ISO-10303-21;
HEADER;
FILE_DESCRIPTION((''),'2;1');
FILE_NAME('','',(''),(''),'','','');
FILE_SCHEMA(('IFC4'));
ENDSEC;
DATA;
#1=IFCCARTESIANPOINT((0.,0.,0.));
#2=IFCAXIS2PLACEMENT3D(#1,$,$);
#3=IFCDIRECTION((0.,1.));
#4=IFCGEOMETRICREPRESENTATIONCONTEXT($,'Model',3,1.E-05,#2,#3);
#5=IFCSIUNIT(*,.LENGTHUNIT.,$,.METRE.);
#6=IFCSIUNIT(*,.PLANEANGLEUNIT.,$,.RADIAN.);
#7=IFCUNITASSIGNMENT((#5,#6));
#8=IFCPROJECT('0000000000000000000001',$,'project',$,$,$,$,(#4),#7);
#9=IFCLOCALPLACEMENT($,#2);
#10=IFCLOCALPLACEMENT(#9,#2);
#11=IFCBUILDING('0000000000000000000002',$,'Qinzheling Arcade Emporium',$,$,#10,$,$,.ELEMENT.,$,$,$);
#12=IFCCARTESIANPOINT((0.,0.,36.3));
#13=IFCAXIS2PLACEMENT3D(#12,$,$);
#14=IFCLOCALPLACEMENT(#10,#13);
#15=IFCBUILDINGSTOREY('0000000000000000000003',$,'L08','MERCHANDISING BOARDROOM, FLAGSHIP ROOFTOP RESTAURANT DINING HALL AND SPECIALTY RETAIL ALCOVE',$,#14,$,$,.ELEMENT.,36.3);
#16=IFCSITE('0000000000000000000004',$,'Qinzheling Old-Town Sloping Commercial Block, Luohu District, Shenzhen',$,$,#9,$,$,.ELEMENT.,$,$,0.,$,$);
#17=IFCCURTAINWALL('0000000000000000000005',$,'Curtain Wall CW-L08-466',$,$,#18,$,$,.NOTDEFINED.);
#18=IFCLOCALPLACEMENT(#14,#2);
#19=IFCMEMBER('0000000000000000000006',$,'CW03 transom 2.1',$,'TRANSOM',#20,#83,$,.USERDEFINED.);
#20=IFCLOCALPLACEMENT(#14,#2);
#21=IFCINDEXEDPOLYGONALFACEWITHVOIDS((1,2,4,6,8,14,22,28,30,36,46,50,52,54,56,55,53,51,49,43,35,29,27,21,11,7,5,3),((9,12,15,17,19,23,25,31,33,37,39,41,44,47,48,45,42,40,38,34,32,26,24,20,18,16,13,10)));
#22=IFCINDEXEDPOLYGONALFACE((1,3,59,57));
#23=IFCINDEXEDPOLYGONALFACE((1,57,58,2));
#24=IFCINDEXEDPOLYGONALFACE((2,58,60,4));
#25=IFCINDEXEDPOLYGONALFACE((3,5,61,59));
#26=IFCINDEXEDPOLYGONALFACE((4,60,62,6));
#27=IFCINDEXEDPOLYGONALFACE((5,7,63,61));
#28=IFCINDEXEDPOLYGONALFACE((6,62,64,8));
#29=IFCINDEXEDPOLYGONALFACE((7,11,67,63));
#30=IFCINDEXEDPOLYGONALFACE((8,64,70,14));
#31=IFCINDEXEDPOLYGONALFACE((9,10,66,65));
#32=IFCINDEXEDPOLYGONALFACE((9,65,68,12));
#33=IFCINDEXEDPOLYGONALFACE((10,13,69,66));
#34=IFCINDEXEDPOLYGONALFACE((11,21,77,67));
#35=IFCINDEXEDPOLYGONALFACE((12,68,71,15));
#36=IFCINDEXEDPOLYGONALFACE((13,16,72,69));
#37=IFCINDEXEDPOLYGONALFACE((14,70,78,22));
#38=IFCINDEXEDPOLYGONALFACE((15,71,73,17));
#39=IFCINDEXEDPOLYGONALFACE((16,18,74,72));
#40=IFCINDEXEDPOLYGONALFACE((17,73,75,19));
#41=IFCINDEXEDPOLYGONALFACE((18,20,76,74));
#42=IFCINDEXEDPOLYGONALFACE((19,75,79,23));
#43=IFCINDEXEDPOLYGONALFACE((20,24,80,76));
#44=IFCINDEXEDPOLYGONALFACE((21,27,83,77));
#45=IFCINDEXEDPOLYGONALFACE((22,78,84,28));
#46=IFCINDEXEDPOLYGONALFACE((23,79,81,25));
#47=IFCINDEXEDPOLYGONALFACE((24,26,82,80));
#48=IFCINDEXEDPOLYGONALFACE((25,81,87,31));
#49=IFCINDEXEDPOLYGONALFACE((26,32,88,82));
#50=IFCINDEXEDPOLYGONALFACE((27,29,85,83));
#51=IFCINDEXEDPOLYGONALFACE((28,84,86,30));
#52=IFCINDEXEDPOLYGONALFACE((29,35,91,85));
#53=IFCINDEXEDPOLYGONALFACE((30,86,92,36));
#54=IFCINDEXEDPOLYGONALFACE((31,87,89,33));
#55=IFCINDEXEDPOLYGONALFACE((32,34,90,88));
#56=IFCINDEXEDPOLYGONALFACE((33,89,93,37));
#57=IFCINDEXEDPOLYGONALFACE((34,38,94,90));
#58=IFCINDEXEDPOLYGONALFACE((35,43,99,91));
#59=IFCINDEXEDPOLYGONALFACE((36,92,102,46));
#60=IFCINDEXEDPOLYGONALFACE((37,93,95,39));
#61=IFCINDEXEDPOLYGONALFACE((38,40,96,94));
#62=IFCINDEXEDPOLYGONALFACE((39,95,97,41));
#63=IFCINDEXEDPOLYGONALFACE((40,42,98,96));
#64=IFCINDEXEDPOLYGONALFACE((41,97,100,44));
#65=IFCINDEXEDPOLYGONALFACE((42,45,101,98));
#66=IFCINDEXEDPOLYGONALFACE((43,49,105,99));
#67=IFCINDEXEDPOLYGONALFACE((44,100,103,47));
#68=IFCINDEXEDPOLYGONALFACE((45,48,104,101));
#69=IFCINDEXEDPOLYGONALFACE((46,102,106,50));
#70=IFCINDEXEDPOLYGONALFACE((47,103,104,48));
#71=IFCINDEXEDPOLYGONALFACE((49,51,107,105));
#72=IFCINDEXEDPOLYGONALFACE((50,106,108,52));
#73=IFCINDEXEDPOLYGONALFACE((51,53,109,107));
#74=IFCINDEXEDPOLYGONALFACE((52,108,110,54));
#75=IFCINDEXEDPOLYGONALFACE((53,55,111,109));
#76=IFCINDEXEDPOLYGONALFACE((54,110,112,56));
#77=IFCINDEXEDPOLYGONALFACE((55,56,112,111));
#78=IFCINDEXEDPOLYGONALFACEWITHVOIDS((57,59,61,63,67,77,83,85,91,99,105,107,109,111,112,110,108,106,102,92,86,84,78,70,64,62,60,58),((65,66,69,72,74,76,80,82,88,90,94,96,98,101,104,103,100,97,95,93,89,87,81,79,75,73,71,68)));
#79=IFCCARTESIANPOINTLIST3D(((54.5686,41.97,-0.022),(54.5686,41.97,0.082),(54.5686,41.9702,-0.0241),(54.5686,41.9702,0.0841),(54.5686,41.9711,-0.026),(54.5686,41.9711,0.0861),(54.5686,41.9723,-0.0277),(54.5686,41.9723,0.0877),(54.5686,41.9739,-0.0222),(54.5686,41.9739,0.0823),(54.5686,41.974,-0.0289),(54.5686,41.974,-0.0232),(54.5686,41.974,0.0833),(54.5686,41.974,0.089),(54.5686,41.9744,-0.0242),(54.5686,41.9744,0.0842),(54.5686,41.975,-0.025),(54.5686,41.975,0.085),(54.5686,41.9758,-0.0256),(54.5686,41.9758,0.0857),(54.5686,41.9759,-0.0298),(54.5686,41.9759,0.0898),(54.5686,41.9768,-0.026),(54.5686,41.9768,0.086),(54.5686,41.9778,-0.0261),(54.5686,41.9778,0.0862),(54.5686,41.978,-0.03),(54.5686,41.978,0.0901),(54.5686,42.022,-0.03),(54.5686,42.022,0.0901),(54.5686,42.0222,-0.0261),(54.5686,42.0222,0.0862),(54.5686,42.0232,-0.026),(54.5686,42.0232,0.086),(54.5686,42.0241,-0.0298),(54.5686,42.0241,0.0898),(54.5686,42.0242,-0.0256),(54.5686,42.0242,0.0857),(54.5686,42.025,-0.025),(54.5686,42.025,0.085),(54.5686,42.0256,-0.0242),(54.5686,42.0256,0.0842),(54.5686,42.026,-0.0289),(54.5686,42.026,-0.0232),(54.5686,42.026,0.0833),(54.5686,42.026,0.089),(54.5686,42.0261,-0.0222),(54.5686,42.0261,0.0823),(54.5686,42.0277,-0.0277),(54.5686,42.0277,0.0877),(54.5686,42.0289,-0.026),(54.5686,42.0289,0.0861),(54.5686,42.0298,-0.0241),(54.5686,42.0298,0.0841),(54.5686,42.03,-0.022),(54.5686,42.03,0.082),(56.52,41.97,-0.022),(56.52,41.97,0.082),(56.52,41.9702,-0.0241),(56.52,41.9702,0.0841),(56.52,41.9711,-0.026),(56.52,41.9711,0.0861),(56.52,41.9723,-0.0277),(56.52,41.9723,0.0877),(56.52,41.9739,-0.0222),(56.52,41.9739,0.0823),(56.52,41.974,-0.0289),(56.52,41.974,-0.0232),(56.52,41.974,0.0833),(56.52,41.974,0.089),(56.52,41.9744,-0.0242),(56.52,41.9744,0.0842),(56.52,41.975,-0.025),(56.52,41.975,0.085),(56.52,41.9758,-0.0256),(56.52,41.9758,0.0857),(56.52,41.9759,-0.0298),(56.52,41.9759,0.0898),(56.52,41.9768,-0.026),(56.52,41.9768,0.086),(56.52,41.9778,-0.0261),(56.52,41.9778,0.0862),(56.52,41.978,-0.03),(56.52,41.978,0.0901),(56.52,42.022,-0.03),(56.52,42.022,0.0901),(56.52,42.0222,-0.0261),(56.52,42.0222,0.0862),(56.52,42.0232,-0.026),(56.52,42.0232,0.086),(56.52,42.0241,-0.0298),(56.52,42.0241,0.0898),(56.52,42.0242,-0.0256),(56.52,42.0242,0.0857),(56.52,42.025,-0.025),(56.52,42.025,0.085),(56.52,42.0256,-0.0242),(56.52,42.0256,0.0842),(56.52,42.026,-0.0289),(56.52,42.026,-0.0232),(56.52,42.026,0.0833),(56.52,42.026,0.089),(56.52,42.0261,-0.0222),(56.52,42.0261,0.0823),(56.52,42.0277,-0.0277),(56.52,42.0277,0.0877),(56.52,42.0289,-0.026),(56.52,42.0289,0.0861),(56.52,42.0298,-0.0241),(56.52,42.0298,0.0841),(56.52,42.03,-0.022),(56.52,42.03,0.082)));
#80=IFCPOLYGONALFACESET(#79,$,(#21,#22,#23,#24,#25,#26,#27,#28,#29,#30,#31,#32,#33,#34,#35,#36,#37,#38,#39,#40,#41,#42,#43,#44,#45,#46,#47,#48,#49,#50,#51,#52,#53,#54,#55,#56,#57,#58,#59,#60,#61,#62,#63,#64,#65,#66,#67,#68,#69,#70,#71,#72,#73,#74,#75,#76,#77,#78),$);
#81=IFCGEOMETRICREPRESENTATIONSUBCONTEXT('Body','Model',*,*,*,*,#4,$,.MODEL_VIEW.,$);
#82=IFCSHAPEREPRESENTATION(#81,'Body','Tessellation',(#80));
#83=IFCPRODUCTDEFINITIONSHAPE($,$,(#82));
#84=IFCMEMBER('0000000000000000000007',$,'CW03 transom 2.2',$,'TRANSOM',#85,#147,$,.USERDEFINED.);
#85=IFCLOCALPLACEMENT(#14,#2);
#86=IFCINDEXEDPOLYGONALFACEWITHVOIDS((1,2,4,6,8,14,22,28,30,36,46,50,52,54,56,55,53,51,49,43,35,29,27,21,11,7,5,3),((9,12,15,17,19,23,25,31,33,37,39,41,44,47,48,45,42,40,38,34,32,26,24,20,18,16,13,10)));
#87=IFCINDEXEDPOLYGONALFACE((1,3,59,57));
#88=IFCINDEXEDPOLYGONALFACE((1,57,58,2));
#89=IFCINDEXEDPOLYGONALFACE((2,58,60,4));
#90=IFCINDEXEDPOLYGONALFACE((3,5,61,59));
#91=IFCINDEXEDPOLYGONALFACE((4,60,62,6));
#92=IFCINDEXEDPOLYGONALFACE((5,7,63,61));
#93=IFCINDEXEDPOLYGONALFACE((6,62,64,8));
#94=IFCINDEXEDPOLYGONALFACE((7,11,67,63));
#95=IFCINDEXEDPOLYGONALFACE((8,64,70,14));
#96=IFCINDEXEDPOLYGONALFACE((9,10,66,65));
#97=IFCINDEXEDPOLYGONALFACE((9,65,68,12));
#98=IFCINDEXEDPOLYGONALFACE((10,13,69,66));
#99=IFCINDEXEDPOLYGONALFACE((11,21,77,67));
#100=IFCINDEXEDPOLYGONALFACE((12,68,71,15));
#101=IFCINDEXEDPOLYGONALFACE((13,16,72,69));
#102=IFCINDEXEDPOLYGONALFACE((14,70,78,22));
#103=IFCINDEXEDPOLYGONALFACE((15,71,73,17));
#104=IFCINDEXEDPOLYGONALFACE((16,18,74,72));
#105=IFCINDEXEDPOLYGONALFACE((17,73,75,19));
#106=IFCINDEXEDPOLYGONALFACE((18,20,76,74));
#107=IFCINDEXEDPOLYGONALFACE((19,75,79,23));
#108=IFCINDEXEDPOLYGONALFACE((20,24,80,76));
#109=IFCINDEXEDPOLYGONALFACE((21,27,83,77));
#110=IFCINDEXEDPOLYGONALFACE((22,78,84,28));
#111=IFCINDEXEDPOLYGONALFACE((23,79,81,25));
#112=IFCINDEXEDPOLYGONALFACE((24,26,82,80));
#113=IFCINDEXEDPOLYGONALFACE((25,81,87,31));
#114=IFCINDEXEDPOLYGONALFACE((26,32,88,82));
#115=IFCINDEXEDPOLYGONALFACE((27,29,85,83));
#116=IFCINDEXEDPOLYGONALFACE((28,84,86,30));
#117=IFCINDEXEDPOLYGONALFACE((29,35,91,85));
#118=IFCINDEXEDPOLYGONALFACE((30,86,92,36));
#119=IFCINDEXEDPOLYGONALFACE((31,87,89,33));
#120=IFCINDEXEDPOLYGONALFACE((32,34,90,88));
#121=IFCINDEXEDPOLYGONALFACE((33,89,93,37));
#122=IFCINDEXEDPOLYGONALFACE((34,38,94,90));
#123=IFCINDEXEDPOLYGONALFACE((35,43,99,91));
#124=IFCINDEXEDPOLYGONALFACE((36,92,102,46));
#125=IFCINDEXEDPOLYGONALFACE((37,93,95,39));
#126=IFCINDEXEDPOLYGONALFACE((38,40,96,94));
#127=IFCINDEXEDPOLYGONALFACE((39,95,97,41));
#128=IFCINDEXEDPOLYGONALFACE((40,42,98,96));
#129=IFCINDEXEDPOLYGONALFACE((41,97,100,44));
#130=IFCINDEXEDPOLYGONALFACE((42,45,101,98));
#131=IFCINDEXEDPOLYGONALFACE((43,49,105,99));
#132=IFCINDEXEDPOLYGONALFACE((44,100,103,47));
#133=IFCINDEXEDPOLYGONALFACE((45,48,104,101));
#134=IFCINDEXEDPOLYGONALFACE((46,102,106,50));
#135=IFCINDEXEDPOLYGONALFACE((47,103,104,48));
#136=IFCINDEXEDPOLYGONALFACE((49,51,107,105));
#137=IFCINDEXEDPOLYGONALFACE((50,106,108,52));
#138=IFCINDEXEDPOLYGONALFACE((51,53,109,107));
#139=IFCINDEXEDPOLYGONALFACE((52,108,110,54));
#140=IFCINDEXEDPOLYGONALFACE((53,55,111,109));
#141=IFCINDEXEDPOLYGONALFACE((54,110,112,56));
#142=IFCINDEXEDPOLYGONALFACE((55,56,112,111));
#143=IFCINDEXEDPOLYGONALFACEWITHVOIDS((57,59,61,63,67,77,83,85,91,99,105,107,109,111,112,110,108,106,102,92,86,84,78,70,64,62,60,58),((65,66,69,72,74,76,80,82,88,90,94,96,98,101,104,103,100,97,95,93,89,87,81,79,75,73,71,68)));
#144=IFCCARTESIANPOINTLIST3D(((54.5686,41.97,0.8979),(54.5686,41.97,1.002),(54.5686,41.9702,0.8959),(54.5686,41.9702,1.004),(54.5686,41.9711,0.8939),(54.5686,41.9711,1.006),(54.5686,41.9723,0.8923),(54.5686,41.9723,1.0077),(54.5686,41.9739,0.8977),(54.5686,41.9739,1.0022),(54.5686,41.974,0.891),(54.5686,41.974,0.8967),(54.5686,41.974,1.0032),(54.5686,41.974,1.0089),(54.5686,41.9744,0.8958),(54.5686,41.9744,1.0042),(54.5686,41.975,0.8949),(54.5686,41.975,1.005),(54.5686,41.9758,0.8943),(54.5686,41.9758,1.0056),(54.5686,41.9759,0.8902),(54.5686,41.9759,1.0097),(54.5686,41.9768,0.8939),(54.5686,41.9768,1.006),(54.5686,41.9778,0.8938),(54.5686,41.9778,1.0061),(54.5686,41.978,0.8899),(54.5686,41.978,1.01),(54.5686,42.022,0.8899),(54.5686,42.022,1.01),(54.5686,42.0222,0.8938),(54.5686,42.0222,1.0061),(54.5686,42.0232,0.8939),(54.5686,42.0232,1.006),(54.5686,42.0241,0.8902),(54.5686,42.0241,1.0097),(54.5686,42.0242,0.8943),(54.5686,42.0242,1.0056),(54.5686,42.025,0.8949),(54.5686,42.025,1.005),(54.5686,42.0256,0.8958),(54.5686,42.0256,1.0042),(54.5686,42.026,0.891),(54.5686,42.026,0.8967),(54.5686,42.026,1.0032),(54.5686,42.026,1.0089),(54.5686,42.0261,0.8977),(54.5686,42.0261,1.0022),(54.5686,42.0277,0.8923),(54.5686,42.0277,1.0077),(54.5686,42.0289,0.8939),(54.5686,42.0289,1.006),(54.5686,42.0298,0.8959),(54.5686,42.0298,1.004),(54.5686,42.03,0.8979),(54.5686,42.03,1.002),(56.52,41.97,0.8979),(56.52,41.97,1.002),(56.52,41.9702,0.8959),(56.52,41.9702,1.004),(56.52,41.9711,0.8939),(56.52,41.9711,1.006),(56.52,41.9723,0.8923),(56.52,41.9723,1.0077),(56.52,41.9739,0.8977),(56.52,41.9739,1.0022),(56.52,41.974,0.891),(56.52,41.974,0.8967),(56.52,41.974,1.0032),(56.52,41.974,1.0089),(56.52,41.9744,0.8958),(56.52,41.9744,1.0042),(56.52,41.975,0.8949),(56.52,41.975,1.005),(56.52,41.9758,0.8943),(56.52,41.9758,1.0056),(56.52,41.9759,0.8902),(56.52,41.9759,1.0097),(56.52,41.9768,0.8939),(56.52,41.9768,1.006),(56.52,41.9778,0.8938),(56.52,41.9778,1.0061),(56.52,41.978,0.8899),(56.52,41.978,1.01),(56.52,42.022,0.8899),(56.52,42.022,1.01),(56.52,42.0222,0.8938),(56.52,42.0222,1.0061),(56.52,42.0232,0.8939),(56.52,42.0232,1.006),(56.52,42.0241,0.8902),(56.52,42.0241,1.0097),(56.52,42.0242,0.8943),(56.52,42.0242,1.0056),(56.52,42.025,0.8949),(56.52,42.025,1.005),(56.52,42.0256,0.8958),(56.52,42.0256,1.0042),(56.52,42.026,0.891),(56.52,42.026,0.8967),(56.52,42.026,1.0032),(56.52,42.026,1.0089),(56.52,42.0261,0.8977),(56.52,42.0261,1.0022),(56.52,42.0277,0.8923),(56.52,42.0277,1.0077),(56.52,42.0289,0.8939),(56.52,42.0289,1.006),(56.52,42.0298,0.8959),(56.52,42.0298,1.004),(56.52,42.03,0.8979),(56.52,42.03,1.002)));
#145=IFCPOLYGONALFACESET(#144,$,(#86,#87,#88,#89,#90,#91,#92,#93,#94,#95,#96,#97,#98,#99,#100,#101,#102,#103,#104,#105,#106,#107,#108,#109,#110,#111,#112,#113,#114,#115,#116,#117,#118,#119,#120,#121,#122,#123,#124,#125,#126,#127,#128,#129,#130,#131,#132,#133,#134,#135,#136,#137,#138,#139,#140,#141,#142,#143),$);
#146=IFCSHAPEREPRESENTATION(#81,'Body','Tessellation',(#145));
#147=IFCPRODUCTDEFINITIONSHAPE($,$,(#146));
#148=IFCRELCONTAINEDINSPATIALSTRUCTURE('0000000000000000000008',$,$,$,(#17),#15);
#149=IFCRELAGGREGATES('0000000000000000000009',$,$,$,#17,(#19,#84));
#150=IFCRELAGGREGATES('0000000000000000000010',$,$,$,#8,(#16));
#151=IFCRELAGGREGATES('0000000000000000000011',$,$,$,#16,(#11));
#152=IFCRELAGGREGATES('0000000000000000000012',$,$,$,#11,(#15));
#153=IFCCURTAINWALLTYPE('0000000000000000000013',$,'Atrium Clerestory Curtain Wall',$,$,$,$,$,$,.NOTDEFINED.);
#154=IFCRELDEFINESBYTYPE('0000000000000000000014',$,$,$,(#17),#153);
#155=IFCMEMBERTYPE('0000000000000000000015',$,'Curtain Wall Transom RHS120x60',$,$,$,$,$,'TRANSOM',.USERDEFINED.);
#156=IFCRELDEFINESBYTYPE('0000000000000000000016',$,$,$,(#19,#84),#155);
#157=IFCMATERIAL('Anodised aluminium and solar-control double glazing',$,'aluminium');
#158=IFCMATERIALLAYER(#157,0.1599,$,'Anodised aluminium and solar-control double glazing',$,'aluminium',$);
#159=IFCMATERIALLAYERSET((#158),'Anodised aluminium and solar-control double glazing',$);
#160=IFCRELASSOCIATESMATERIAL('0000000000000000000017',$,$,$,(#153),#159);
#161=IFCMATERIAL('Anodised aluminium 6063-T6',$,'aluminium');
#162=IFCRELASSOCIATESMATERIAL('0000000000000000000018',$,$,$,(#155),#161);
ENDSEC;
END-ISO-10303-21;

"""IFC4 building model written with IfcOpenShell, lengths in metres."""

from ifc_helpers import new_model, si_unit, direction, frame, origin, origin_2d, place, context, subcontext, project, spatial, hollow_rectangle, extrude, material, layer, layer_set, material_profile, profile_set, type_object, element, aggregate, save


model = new_model("IFC4")

# Units and contexts
model_context = context("Model", 3, precision=1e-05, world=origin(), true_north=direction((0.0, 1.0)))
body_context = subcontext(model_context, "Body", "Model", "MODEL_VIEW")
ifc_project = project(units=[si_unit("LENGTHUNIT", "METRE"), si_unit("PLANEANGLEUNIT", "RADIAN")], contexts=[model_context])

# Site, building, storey
site_placement = place(None, origin())
site = spatial("IfcSite", under=ifc_project, at=site_placement, Name="Qinzheling Old-Town Sloping Commercial Block, Luohu District, Shenzhen", CompositionType="ELEMENT", RefElevation=0.0)
building_placement = place(site_placement, origin())
building = spatial("IfcBuilding", under=site, at=building_placement, Name="Qinzheling Arcade Emporium", CompositionType="ELEMENT")
storey_placement = place(building_placement, frame((0.0, 0.0, 36.3)))
storey = spatial("IfcBuildingStorey", under=building, at=storey_placement, Name="L08", Description="MERCHANDISING BOARDROOM, FLAGSHIP ROOFTOP RESTAURANT DINING HALL AND SPECIALTY RETAIL ALCOVE", CompositionType="ELEMENT", Elevation=36.3)

# Curtain wall
ifc_material_1 = material(Name="Anodised aluminium and solar-control double glazing", Category="aluminium")
ifc_layer_1 = layer(ifc_material_1, 0.1599, Name="Anodised aluminium and solar-control double glazing", Category="aluminium")
ifc_layer_set_1 = layer_set([ifc_layer_1], Name="Anodised aluminium and solar-control double glazing")
curtain_wall_type = type_object("IfcCurtainWallType", Name="Atrium Clerestory Curtain Wall", PredefinedType="NOTDEFINED", material=ifc_layer_set_1)
curtain_wall_1_placement = place(storey_placement, origin())
curtain_wall_1 = element("IfcCurtainWall", 1, at=curtain_wall_1_placement, inside=storey, type_object=curtain_wall_type, Name="Curtain Wall CW-L08-466", PredefinedType="NOTDEFINED")
ifc_material_2 = material(Name="Anodised aluminium 6063-T6", Category="aluminium")

# Members
ifc_material_profile_1 = material_profile(ifc_material_2, hollow_rectangle(XDim=0.0601, YDim=0.1201, WallThickness=0.0039, InnerFilletRadius=0.0039, OuterFilletRadius=0.0081, at=origin_2d()), Name="RHS 120x60x4", Category="aluminium")
ifc_profile_set_1 = profile_set([ifc_material_profile_1], Name="Anodised aluminium 6063-T6")
member_type_1 = type_object("IfcMemberType", Name="Curtain Wall Transom RHS120x60", ElementType="TRANSOM", PredefinedType="USERDEFINED", material=ifc_profile_set_1)
member_1_placement = place(storey_placement, frame((54.5686, 42.0, 0.03), z_axis=(1.0, 0.0, 0.0), x_axis=(0.0, 1.0, 0.0)))
member_1 = element("IfcMember", 2, at=member_1_placement, type_object=member_type_1, Name="CW03 transom 2.1", ObjectType="TRANSOM", PredefinedType="USERDEFINED", context=body_context, shape_type="SweptSolid", body=[
    extrude(hollow_rectangle(XDim=0.0601, YDim=0.1201, WallThickness=0.0039, InnerFilletRadius=0.0039, OuterFilletRadius=0.0081, at=origin_2d()), origin(), (0.0, 0.0, 1.0), 1.9514),
])
member_2_placement = place(storey_placement, frame((54.5686, 42.0, 0.95), z_axis=(1.0, 0.0, 0.0), x_axis=(0.0, 1.0, 0.0)))
member_2 = element("IfcMember", 3, at=member_2_placement, type_object=member_type_1, Name="CW03 transom 2.2", ObjectType="TRANSOM", PredefinedType="USERDEFINED", context=body_context, shape_type="SweptSolid", body=[
    extrude(hollow_rectangle(XDim=0.0601, YDim=0.1201, WallThickness=0.0039, InnerFilletRadius=0.0039, OuterFilletRadius=0.0081, at=origin_2d()), origin(), (0.0, 0.0, 1.0), 1.9514),
])

aggregate(curtain_wall_1, [member_1, member_2])

save(model, "model.ifc")
